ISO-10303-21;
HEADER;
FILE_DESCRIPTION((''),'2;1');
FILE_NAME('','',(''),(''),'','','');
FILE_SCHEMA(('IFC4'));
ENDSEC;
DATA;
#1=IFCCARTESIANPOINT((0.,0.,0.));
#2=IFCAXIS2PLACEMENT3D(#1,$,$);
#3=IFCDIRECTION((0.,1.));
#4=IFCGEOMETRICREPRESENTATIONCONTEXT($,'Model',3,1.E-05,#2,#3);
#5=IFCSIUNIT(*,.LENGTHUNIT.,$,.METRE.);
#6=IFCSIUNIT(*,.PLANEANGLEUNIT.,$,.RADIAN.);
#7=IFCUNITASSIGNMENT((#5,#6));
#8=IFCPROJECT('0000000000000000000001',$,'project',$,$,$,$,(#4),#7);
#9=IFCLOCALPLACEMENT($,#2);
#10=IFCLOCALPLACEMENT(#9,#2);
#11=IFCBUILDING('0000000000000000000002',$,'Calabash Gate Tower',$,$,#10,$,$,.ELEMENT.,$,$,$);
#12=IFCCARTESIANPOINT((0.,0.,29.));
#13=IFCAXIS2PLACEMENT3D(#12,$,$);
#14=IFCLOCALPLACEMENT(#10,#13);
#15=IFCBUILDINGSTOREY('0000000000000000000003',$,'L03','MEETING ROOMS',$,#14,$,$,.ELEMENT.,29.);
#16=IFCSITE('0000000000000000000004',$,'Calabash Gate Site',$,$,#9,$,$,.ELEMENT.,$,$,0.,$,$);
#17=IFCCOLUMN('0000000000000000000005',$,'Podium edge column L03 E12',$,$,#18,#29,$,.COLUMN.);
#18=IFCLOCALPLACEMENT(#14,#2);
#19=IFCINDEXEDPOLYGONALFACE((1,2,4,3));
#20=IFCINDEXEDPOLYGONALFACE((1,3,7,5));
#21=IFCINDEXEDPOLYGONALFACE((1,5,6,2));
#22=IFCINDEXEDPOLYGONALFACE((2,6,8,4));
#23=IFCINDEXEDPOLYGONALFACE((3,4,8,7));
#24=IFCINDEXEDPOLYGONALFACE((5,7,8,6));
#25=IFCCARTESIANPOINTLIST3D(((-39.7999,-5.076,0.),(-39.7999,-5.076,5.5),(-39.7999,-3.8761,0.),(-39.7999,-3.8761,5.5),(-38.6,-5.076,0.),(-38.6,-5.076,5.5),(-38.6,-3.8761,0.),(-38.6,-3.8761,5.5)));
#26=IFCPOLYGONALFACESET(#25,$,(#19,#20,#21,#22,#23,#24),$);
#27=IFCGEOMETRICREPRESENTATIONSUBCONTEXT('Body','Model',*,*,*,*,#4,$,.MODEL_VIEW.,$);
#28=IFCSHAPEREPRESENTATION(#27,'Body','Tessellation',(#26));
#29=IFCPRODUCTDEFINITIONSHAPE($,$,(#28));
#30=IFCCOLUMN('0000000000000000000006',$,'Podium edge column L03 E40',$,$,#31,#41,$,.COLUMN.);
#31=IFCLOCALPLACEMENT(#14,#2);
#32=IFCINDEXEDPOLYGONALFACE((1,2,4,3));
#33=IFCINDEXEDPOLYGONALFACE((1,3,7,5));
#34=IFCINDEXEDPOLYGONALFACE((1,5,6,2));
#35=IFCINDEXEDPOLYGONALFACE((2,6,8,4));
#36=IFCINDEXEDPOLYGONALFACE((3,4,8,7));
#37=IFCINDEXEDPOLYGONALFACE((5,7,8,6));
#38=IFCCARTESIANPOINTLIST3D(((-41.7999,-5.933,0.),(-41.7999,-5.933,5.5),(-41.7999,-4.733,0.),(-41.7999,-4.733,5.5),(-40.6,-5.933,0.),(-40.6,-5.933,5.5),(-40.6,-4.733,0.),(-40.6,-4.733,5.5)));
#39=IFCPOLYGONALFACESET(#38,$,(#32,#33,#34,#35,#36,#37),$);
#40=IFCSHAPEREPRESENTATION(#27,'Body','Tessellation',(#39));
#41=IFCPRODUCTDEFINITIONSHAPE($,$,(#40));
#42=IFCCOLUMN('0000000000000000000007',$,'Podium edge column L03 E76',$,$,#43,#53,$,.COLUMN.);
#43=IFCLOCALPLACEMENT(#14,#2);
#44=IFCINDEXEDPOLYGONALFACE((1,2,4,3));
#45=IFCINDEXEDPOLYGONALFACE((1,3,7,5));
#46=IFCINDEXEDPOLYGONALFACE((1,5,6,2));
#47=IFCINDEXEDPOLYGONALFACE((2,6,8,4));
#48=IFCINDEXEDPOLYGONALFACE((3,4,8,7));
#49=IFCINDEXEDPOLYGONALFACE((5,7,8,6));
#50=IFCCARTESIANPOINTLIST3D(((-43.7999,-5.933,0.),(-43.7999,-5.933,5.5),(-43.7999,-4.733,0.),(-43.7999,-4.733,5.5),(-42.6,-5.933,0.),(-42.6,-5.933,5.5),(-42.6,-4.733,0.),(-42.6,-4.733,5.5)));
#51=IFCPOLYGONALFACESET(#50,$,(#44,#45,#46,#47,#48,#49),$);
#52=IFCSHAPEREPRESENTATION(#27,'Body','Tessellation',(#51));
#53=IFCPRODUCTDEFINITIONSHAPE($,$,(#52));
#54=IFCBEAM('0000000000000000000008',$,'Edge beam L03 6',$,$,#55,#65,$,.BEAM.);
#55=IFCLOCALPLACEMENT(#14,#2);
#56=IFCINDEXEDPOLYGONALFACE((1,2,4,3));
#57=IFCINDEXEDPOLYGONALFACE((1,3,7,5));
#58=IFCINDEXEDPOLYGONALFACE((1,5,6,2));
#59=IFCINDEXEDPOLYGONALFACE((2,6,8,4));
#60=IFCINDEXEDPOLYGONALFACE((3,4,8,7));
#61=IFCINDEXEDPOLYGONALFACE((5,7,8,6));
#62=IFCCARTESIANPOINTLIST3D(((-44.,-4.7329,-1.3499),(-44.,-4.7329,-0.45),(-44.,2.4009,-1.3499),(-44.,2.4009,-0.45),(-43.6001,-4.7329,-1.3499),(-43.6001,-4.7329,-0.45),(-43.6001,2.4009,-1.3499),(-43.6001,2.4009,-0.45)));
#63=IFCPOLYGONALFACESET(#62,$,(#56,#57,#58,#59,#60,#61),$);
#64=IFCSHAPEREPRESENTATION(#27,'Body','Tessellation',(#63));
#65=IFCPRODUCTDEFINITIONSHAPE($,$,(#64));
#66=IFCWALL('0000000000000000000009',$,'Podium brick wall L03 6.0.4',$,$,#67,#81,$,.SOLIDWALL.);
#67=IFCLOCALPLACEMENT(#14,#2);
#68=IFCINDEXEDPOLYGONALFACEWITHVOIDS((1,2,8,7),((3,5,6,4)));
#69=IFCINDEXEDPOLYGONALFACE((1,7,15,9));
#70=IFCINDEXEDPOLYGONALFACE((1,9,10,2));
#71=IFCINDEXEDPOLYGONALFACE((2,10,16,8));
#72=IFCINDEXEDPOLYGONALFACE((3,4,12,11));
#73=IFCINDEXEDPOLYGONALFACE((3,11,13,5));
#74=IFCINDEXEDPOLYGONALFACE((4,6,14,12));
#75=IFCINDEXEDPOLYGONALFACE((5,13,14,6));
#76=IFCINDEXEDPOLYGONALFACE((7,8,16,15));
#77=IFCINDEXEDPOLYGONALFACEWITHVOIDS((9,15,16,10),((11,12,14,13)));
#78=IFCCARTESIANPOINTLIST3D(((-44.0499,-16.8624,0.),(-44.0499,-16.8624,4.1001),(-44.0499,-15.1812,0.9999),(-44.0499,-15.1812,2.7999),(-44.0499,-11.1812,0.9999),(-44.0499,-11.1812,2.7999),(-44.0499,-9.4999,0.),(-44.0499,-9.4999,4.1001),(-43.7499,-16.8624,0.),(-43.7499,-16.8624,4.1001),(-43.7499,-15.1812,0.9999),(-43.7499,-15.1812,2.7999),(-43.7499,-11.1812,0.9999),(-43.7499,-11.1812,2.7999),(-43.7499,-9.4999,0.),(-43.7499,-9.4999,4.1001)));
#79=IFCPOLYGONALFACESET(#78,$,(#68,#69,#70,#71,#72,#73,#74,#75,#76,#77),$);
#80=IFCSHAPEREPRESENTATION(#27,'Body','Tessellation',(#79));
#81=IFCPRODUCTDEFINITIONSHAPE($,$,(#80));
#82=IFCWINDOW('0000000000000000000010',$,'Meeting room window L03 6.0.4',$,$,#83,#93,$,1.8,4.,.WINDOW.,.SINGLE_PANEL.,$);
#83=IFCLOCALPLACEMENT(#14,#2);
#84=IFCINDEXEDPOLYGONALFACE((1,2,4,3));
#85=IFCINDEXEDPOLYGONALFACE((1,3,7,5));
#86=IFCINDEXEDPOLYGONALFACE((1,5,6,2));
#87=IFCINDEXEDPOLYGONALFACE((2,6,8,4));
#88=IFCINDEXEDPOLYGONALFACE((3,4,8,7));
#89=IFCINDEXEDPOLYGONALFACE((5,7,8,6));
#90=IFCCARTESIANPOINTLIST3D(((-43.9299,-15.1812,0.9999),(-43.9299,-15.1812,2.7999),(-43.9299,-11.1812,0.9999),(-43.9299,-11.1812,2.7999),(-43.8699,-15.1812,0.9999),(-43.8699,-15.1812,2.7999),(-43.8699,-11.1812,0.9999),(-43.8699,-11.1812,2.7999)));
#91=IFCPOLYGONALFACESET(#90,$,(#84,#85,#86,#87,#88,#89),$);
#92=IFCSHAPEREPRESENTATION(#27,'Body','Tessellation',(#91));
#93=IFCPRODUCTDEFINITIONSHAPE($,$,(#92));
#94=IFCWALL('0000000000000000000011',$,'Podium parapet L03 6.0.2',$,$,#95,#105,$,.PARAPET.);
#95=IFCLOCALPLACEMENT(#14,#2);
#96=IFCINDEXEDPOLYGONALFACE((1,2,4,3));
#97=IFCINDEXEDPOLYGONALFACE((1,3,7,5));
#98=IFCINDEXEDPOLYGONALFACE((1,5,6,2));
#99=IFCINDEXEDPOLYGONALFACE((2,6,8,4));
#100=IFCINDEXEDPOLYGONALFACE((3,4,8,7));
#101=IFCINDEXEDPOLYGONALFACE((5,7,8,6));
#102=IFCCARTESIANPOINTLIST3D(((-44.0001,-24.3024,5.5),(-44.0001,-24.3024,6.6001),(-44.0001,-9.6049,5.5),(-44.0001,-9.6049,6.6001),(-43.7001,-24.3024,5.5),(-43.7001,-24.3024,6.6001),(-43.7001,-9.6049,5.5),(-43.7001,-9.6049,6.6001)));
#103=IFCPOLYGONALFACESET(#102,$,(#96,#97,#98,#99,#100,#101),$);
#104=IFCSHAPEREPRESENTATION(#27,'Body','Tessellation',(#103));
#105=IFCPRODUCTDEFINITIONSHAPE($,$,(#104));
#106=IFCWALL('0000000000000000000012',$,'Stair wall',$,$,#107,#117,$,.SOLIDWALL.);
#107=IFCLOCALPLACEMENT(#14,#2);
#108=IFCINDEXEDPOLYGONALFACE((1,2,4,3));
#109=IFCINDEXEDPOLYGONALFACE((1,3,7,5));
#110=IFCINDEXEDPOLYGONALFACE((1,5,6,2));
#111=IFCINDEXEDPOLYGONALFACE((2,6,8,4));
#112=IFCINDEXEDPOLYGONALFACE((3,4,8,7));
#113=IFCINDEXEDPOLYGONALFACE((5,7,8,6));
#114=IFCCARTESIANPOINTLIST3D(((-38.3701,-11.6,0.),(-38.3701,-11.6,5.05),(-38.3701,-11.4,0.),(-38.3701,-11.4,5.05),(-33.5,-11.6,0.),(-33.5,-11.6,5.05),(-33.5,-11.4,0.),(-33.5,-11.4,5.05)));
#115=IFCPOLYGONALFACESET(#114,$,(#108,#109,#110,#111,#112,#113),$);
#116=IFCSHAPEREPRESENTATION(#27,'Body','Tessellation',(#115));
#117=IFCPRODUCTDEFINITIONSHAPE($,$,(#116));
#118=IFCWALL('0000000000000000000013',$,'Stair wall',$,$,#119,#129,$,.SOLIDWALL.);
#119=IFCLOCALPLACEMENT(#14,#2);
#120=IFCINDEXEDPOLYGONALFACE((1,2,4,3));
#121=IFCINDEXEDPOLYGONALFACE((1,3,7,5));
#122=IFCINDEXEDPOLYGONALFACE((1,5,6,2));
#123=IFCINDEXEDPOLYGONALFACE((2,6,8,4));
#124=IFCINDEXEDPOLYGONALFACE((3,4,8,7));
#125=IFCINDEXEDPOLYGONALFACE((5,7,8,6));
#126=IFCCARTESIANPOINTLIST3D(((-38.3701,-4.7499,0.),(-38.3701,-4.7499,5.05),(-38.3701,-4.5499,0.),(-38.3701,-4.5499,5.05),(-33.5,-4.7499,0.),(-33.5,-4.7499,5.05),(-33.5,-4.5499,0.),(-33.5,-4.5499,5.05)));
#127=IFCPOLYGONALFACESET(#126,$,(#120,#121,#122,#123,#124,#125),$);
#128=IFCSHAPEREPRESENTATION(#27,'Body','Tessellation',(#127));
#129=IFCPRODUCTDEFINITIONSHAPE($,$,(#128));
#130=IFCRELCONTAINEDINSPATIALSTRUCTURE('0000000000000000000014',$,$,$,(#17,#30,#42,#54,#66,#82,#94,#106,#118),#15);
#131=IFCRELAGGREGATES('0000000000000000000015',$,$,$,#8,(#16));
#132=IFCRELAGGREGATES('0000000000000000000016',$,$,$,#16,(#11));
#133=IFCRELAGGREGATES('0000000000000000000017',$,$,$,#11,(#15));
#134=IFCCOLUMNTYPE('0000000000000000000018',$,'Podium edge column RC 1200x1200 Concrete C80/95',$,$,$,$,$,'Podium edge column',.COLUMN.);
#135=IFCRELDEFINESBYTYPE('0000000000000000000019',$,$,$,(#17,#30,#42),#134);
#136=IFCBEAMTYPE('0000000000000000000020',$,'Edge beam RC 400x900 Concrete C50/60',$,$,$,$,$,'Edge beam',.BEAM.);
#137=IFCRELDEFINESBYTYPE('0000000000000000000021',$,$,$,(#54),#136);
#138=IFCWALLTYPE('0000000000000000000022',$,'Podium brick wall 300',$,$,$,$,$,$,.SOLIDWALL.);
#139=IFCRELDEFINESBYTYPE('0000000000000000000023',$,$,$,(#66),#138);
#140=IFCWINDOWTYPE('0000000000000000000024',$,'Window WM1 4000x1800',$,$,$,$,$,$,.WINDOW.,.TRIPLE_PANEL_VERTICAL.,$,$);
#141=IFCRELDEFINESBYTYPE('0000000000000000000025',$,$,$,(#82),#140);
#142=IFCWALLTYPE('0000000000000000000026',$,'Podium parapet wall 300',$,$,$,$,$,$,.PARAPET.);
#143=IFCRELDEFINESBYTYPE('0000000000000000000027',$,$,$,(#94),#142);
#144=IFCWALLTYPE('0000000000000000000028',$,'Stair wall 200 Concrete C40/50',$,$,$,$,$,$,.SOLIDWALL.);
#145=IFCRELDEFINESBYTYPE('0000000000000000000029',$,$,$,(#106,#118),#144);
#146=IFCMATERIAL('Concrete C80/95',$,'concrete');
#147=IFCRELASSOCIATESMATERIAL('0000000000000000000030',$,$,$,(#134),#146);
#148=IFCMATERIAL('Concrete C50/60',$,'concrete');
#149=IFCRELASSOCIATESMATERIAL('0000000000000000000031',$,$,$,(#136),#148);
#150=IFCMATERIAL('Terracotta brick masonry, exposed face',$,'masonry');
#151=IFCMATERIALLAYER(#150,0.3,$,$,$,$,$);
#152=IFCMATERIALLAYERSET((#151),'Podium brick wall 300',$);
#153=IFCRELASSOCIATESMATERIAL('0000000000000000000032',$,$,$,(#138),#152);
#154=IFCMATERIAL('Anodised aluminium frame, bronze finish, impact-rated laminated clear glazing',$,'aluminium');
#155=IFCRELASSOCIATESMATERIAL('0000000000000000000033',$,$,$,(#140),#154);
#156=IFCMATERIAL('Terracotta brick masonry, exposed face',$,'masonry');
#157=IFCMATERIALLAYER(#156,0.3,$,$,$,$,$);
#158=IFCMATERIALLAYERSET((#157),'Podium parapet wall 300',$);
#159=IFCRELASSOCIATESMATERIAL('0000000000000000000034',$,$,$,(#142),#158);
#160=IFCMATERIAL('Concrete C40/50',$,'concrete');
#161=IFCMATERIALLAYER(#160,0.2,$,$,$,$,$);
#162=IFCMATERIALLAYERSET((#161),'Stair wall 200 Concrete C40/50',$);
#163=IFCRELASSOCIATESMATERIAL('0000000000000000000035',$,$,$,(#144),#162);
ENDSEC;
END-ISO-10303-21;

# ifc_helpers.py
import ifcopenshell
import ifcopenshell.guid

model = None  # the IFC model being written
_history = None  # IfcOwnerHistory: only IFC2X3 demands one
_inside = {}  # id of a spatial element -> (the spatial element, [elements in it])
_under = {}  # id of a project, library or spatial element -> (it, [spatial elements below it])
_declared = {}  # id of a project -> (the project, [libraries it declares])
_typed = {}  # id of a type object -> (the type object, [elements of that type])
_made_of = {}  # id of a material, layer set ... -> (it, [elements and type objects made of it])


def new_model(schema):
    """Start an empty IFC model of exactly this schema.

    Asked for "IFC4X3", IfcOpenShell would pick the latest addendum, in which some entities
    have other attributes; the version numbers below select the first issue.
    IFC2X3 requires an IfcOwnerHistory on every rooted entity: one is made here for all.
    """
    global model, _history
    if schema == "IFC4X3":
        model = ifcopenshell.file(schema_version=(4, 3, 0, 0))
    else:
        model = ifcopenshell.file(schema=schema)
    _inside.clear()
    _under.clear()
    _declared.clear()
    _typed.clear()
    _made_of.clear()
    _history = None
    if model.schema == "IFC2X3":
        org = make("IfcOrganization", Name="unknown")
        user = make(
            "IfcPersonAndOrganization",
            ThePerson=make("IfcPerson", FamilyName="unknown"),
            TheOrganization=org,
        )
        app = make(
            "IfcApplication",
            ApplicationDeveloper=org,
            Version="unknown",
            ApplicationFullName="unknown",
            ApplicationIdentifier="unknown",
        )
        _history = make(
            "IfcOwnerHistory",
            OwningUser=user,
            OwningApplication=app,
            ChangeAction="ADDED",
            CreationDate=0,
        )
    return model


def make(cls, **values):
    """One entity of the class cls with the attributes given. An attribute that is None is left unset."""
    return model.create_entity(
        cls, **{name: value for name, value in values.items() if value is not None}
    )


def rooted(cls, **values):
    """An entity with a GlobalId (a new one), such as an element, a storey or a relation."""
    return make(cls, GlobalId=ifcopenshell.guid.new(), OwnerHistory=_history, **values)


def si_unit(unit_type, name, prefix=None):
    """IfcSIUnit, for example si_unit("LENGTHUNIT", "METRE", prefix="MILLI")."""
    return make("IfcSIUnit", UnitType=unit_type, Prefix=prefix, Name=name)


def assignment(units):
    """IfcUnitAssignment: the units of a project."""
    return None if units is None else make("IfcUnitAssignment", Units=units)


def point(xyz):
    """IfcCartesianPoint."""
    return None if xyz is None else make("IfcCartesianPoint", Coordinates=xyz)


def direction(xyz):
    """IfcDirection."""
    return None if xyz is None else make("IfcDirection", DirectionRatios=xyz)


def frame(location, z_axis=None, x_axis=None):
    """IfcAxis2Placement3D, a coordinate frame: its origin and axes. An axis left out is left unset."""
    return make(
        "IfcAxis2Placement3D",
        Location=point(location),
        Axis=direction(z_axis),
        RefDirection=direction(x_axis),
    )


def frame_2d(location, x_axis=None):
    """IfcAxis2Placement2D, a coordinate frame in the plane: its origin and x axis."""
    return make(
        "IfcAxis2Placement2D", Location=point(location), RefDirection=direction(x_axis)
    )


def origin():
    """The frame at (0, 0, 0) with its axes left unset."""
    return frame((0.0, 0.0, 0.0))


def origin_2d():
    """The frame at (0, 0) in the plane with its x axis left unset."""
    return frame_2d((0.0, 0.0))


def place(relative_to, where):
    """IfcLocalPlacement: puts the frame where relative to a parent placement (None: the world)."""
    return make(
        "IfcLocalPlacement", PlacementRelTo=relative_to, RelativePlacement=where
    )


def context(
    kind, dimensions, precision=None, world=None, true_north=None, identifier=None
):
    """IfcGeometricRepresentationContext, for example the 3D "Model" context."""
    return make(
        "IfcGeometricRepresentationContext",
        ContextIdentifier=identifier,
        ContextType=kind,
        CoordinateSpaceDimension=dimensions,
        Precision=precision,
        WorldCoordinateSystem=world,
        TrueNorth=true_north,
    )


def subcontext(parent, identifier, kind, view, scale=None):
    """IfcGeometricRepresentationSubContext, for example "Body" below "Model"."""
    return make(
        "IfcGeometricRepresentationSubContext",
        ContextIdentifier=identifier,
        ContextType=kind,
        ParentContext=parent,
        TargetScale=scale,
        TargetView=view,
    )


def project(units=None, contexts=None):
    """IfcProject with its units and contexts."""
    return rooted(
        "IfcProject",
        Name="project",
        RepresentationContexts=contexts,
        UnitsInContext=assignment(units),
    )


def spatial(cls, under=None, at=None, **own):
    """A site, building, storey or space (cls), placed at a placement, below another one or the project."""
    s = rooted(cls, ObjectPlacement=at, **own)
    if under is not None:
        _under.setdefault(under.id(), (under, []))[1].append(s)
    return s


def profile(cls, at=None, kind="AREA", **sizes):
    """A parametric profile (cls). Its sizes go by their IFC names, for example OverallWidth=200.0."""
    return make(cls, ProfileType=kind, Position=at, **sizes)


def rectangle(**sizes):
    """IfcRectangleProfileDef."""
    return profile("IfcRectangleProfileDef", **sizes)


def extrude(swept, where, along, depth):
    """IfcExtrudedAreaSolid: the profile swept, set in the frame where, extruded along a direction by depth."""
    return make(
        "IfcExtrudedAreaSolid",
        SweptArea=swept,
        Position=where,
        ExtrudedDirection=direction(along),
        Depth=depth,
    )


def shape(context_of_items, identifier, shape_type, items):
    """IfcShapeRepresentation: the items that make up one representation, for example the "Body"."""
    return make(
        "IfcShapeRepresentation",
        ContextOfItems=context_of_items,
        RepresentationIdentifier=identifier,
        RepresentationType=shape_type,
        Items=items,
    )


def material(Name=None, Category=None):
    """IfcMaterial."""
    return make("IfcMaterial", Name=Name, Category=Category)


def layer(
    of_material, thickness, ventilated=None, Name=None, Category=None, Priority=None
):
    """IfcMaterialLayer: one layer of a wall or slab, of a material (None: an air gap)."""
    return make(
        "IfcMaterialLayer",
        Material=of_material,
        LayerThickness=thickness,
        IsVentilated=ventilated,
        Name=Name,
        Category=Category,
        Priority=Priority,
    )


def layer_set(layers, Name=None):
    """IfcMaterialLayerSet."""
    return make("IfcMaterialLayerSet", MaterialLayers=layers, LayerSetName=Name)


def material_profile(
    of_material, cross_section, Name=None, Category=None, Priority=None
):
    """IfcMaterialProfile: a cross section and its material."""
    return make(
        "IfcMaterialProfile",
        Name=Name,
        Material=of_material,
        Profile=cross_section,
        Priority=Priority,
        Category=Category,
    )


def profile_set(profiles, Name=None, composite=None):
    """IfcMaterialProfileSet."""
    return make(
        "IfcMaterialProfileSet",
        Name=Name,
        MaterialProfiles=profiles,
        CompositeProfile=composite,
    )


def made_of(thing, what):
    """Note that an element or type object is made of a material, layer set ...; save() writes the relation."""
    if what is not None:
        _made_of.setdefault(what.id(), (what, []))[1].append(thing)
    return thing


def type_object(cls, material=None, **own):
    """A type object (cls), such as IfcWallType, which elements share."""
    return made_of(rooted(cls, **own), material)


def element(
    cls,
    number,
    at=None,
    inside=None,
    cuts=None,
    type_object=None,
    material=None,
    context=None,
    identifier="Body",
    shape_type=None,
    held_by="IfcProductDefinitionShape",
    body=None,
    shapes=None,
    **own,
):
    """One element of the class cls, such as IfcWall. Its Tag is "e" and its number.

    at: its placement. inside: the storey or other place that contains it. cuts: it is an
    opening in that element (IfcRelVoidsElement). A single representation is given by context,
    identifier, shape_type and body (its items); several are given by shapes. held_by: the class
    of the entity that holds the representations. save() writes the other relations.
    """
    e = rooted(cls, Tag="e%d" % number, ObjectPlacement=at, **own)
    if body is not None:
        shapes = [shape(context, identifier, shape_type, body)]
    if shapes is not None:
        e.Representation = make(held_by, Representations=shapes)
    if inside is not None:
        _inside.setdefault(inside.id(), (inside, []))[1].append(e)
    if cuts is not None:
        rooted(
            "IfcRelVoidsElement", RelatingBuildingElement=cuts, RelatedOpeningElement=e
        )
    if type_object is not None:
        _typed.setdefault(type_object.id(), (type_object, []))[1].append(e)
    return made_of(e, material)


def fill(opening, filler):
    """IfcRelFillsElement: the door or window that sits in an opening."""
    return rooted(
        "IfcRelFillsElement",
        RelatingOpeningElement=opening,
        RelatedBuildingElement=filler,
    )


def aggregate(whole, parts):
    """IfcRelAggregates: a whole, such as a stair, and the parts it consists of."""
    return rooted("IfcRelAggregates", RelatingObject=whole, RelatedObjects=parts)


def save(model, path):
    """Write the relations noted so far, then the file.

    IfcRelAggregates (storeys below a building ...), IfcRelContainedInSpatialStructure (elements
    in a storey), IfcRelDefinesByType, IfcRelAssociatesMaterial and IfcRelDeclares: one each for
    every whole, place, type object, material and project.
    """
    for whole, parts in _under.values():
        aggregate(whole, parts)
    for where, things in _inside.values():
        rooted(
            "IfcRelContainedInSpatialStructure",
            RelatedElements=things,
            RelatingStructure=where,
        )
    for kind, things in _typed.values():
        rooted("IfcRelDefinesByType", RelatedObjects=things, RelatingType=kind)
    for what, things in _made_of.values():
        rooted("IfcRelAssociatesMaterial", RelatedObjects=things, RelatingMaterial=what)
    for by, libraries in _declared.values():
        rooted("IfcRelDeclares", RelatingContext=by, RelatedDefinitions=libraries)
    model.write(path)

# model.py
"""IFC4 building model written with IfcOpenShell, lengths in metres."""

from ifc_helpers import new_model, si_unit, direction, frame, frame_2d, origin, origin_2d, place, context, subcontext, project, spatial, rectangle, extrude, material, layer, layer_set, material_profile, profile_set, type_object, element, fill, save


model = new_model("IFC4")

# Units and contexts
model_context = context("Model", 3, precision=1e-05, world=origin(), true_north=direction((0.0, 1.0)))
body_context = subcontext(model_context, "Body", "Model", "MODEL_VIEW")
ifc_project = project(units=[si_unit("LENGTHUNIT", "METRE"), si_unit("PLANEANGLEUNIT", "RADIAN")], contexts=[model_context])

# Site, building, storey
site_placement = place(None, origin())
site = spatial("IfcSite", under=ifc_project, at=site_placement, Name="Calabash Gate Site", CompositionType="ELEMENT", RefElevation=0.0)
building_placement = place(site_placement, origin())
building = spatial("IfcBuilding", under=site, at=building_placement, Name="Calabash Gate Tower", CompositionType="ELEMENT")
storey_placement = place(building_placement, frame((0.0, 0.0, 29.0)))
storey = spatial("IfcBuildingStorey", under=building, at=storey_placement, Name="L03", Description="MEETING ROOMS", CompositionType="ELEMENT", Elevation=29.0)

# Columns
ifc_material_1 = material(Name="Concrete C80/95", Category="concrete")
ifc_material_profile_1 = material_profile(ifc_material_1, rectangle(XDim=1.2, YDim=1.2, at=origin_2d()))
ifc_profile_set_1 = profile_set([ifc_material_profile_1], Name="Concrete C80/95")
column_type = type_object("IfcColumnType", Name="Podium edge column RC 1200x1200 Concrete C80/95", ElementType="Podium edge column", PredefinedType="COLUMN", material=ifc_profile_set_1)
for number, where, z_axis, x_axis, name in (
    (1, (-39.2, -4.4761, 0.0), (0.0, 0.0, 1.0), (1.0, 0.0, 0.0), "Podium edge column L03 E12"),
    (2, (-41.2, -5.333, 0.0), (0.0, 0.0, 1.0), (1.0, 0.0, 0.0), "Podium edge column L03 E40"),
    (3, (-43.2, -5.333, 0.0), (0.0, 0.0, 1.0), (1.0, 0.0, 0.0), "Podium edge column L03 E76"),
):
    element("IfcColumn", number, at=place(storey_placement, frame(where, z_axis=z_axis, x_axis=x_axis)), inside=storey, type_object=column_type, Name=name, PredefinedType="COLUMN", context=body_context, shape_type="SweptSolid", body=[
        extrude(rectangle(XDim=1.2, YDim=1.2, at=origin_2d()), origin(), (0.0, 0.0, 1.0), 5.5),
    ])

# Beam
ifc_material_2 = material(Name="Concrete C50/60", Category="concrete")
ifc_material_profile_2 = material_profile(ifc_material_2, rectangle(XDim=0.3999, YDim=0.8999, at=origin_2d()))
ifc_profile_set_2 = profile_set([ifc_material_profile_2], Name="Concrete C50/60")
beam_type = type_object("IfcBeamType", Name="Edge beam RC 400x900 Concrete C50/60", ElementType="Edge beam", PredefinedType="BEAM", material=ifc_profile_set_2)
beam_placement = place(storey_placement, frame((-43.8, -4.7329, -0.8999), z_axis=(0.0, 1.0, 0.0), x_axis=(-1.0, 0.0, 0.0)))
element("IfcBeam", 4, at=beam_placement, inside=storey, type_object=beam_type, Name="Edge beam L03 6", PredefinedType="BEAM", context=body_context, shape_type="SweptSolid", body=[
    extrude(rectangle(XDim=0.3999, YDim=0.8999, at=origin_2d()), origin(), (0.0, 0.0, 1.0), 7.1338),
])

# Wall, opening, window
ifc_material_3 = material(Name="Terracotta brick masonry, exposed face", Category="masonry")
ifc_layer_1 = layer(ifc_material_3, 0.3)
ifc_layer_set_1 = layer_set([ifc_layer_1], Name="Podium brick wall 300")
wall_type_1 = type_object("IfcWallType", Name="Podium brick wall 300", PredefinedType="SOLIDWALL", material=ifc_layer_set_1)
wall_1_placement = place(storey_placement, frame((-43.8999, -9.5, 0.0), z_axis=(0.0, 0.0, 1.0), x_axis=(0.0, -1.0, 0.0)))
wall_1 = element("IfcWall", 5, at=wall_1_placement, inside=storey, type_object=wall_type_1, Name="Podium brick wall L03 6.0.4", PredefinedType="SOLIDWALL", context=body_context, shape_type="SweptSolid", body=[
    extrude(rectangle(XDim=7.3625, YDim=0.3, at=frame_2d((3.6812, 0.0))), origin(), (0.0, 0.0, 1.0), 4.1001),
])
opening_1_placement = place(wall_1_placement, frame((1.6812, 0.0, 1.0)))
opening_1 = element("IfcOpeningElement", 6, at=opening_1_placement, cuts=wall_1, PredefinedType="OPENING", context=body_context, shape_type="SweptSolid", body=[
    extrude(rectangle(XDim=4.0, YDim=1.8, at=frame_2d((2.0, 0.8999))), frame((0.0, 0.1599, 0.0), z_axis=(0.0, -1.0, 0.0), x_axis=(1.0, 0.0, 0.0)), (0.0, 0.0, 1.0), 0.3201),
])
ifc_material_4 = material(Name="Anodised aluminium frame, bronze finish, impact-rated laminated clear glazing", Category="aluminium")
window_type = type_object("IfcWindowType", Name="Window WM1 4000x1800", PartitioningType="TRIPLE_PANEL_VERTICAL", PredefinedType="WINDOW", material=ifc_material_4)
window_placement = place(opening_1_placement, origin())
window = element("IfcWindow", 7, at=window_placement, inside=storey, type_object=window_type, Name="Meeting room window L03 6.0.4", OverallHeight=1.8, OverallWidth=4.0, PartitioningType="SINGLE_PANEL", PredefinedType="WINDOW", context=body_context, shape_type="SweptSolid", body=[
    extrude(rectangle(XDim=4.0, YDim=1.8, at=frame_2d((2.0, 0.8999))), frame((0.0, 0.03, 0.0), z_axis=(0.0, -1.0, 0.0), x_axis=(1.0, 0.0, 0.0)), (0.0, 0.0, 1.0), 0.0601),
])
fill(opening_1, window)

# Walls
ifc_material_5 = material(Name="Terracotta brick masonry, exposed face", Category="masonry")
ifc_layer_2 = layer(ifc_material_5, 0.3)
ifc_layer_set_2 = layer_set([ifc_layer_2], Name="Podium parapet wall 300")
wall_type_2 = type_object("IfcWallType", Name="Podium parapet wall 300", PredefinedType="PARAPET", material=ifc_layer_set_2)
wall_2_placement = place(storey_placement, frame((-43.8501, -9.605, 5.5), z_axis=(0.0, 0.0, 1.0), x_axis=(0.0, -1.0, 0.0)))
element("IfcWall", 8, at=wall_2_placement, inside=storey, type_object=wall_type_2, Name="Podium parapet L03 6.0.2", PredefinedType="PARAPET", context=body_context, shape_type="SweptSolid", body=[
    extrude(rectangle(XDim=14.6975, YDim=0.3, at=frame_2d((7.3486, 0.0))), origin(), (0.0, 0.0, 1.0), 1.1001),
])
ifc_material_6 = material(Name="Concrete C40/50", Category="concrete")
ifc_layer_3 = layer(ifc_material_6, 0.2)
ifc_layer_set_3 = layer_set([ifc_layer_3], Name="Stair wall 200 Concrete C40/50")
wall_type_3 = type_object("IfcWallType", Name="Stair wall 200 Concrete C40/50", PredefinedType="SOLIDWALL", material=ifc_layer_set_3)
for number, where, z_axis, x_axis, name in (
    (9, (-38.3701, -11.5, 0.0), (0.0, 0.0, 1.0), (1.0, 0.0, 0.0), "Stair wall"),
    (10, (-38.3701, -4.6499, 0.0), (0.0, 0.0, 1.0), (1.0, 0.0, 0.0), "Stair wall"),
):
    element("IfcWall", number, at=place(storey_placement, frame(where, z_axis=z_axis, x_axis=x_axis)), inside=storey, type_object=wall_type_3, Name=name, PredefinedType="SOLIDWALL", context=body_context, shape_type="SweptSolid", body=[
        extrude(rectangle(XDim=4.8701, YDim=0.2, at=frame_2d((2.4351, 0.0))), origin(), (0.0, 0.0, 1.0), 5.05),
    ])

save(model, "model.ifc")
